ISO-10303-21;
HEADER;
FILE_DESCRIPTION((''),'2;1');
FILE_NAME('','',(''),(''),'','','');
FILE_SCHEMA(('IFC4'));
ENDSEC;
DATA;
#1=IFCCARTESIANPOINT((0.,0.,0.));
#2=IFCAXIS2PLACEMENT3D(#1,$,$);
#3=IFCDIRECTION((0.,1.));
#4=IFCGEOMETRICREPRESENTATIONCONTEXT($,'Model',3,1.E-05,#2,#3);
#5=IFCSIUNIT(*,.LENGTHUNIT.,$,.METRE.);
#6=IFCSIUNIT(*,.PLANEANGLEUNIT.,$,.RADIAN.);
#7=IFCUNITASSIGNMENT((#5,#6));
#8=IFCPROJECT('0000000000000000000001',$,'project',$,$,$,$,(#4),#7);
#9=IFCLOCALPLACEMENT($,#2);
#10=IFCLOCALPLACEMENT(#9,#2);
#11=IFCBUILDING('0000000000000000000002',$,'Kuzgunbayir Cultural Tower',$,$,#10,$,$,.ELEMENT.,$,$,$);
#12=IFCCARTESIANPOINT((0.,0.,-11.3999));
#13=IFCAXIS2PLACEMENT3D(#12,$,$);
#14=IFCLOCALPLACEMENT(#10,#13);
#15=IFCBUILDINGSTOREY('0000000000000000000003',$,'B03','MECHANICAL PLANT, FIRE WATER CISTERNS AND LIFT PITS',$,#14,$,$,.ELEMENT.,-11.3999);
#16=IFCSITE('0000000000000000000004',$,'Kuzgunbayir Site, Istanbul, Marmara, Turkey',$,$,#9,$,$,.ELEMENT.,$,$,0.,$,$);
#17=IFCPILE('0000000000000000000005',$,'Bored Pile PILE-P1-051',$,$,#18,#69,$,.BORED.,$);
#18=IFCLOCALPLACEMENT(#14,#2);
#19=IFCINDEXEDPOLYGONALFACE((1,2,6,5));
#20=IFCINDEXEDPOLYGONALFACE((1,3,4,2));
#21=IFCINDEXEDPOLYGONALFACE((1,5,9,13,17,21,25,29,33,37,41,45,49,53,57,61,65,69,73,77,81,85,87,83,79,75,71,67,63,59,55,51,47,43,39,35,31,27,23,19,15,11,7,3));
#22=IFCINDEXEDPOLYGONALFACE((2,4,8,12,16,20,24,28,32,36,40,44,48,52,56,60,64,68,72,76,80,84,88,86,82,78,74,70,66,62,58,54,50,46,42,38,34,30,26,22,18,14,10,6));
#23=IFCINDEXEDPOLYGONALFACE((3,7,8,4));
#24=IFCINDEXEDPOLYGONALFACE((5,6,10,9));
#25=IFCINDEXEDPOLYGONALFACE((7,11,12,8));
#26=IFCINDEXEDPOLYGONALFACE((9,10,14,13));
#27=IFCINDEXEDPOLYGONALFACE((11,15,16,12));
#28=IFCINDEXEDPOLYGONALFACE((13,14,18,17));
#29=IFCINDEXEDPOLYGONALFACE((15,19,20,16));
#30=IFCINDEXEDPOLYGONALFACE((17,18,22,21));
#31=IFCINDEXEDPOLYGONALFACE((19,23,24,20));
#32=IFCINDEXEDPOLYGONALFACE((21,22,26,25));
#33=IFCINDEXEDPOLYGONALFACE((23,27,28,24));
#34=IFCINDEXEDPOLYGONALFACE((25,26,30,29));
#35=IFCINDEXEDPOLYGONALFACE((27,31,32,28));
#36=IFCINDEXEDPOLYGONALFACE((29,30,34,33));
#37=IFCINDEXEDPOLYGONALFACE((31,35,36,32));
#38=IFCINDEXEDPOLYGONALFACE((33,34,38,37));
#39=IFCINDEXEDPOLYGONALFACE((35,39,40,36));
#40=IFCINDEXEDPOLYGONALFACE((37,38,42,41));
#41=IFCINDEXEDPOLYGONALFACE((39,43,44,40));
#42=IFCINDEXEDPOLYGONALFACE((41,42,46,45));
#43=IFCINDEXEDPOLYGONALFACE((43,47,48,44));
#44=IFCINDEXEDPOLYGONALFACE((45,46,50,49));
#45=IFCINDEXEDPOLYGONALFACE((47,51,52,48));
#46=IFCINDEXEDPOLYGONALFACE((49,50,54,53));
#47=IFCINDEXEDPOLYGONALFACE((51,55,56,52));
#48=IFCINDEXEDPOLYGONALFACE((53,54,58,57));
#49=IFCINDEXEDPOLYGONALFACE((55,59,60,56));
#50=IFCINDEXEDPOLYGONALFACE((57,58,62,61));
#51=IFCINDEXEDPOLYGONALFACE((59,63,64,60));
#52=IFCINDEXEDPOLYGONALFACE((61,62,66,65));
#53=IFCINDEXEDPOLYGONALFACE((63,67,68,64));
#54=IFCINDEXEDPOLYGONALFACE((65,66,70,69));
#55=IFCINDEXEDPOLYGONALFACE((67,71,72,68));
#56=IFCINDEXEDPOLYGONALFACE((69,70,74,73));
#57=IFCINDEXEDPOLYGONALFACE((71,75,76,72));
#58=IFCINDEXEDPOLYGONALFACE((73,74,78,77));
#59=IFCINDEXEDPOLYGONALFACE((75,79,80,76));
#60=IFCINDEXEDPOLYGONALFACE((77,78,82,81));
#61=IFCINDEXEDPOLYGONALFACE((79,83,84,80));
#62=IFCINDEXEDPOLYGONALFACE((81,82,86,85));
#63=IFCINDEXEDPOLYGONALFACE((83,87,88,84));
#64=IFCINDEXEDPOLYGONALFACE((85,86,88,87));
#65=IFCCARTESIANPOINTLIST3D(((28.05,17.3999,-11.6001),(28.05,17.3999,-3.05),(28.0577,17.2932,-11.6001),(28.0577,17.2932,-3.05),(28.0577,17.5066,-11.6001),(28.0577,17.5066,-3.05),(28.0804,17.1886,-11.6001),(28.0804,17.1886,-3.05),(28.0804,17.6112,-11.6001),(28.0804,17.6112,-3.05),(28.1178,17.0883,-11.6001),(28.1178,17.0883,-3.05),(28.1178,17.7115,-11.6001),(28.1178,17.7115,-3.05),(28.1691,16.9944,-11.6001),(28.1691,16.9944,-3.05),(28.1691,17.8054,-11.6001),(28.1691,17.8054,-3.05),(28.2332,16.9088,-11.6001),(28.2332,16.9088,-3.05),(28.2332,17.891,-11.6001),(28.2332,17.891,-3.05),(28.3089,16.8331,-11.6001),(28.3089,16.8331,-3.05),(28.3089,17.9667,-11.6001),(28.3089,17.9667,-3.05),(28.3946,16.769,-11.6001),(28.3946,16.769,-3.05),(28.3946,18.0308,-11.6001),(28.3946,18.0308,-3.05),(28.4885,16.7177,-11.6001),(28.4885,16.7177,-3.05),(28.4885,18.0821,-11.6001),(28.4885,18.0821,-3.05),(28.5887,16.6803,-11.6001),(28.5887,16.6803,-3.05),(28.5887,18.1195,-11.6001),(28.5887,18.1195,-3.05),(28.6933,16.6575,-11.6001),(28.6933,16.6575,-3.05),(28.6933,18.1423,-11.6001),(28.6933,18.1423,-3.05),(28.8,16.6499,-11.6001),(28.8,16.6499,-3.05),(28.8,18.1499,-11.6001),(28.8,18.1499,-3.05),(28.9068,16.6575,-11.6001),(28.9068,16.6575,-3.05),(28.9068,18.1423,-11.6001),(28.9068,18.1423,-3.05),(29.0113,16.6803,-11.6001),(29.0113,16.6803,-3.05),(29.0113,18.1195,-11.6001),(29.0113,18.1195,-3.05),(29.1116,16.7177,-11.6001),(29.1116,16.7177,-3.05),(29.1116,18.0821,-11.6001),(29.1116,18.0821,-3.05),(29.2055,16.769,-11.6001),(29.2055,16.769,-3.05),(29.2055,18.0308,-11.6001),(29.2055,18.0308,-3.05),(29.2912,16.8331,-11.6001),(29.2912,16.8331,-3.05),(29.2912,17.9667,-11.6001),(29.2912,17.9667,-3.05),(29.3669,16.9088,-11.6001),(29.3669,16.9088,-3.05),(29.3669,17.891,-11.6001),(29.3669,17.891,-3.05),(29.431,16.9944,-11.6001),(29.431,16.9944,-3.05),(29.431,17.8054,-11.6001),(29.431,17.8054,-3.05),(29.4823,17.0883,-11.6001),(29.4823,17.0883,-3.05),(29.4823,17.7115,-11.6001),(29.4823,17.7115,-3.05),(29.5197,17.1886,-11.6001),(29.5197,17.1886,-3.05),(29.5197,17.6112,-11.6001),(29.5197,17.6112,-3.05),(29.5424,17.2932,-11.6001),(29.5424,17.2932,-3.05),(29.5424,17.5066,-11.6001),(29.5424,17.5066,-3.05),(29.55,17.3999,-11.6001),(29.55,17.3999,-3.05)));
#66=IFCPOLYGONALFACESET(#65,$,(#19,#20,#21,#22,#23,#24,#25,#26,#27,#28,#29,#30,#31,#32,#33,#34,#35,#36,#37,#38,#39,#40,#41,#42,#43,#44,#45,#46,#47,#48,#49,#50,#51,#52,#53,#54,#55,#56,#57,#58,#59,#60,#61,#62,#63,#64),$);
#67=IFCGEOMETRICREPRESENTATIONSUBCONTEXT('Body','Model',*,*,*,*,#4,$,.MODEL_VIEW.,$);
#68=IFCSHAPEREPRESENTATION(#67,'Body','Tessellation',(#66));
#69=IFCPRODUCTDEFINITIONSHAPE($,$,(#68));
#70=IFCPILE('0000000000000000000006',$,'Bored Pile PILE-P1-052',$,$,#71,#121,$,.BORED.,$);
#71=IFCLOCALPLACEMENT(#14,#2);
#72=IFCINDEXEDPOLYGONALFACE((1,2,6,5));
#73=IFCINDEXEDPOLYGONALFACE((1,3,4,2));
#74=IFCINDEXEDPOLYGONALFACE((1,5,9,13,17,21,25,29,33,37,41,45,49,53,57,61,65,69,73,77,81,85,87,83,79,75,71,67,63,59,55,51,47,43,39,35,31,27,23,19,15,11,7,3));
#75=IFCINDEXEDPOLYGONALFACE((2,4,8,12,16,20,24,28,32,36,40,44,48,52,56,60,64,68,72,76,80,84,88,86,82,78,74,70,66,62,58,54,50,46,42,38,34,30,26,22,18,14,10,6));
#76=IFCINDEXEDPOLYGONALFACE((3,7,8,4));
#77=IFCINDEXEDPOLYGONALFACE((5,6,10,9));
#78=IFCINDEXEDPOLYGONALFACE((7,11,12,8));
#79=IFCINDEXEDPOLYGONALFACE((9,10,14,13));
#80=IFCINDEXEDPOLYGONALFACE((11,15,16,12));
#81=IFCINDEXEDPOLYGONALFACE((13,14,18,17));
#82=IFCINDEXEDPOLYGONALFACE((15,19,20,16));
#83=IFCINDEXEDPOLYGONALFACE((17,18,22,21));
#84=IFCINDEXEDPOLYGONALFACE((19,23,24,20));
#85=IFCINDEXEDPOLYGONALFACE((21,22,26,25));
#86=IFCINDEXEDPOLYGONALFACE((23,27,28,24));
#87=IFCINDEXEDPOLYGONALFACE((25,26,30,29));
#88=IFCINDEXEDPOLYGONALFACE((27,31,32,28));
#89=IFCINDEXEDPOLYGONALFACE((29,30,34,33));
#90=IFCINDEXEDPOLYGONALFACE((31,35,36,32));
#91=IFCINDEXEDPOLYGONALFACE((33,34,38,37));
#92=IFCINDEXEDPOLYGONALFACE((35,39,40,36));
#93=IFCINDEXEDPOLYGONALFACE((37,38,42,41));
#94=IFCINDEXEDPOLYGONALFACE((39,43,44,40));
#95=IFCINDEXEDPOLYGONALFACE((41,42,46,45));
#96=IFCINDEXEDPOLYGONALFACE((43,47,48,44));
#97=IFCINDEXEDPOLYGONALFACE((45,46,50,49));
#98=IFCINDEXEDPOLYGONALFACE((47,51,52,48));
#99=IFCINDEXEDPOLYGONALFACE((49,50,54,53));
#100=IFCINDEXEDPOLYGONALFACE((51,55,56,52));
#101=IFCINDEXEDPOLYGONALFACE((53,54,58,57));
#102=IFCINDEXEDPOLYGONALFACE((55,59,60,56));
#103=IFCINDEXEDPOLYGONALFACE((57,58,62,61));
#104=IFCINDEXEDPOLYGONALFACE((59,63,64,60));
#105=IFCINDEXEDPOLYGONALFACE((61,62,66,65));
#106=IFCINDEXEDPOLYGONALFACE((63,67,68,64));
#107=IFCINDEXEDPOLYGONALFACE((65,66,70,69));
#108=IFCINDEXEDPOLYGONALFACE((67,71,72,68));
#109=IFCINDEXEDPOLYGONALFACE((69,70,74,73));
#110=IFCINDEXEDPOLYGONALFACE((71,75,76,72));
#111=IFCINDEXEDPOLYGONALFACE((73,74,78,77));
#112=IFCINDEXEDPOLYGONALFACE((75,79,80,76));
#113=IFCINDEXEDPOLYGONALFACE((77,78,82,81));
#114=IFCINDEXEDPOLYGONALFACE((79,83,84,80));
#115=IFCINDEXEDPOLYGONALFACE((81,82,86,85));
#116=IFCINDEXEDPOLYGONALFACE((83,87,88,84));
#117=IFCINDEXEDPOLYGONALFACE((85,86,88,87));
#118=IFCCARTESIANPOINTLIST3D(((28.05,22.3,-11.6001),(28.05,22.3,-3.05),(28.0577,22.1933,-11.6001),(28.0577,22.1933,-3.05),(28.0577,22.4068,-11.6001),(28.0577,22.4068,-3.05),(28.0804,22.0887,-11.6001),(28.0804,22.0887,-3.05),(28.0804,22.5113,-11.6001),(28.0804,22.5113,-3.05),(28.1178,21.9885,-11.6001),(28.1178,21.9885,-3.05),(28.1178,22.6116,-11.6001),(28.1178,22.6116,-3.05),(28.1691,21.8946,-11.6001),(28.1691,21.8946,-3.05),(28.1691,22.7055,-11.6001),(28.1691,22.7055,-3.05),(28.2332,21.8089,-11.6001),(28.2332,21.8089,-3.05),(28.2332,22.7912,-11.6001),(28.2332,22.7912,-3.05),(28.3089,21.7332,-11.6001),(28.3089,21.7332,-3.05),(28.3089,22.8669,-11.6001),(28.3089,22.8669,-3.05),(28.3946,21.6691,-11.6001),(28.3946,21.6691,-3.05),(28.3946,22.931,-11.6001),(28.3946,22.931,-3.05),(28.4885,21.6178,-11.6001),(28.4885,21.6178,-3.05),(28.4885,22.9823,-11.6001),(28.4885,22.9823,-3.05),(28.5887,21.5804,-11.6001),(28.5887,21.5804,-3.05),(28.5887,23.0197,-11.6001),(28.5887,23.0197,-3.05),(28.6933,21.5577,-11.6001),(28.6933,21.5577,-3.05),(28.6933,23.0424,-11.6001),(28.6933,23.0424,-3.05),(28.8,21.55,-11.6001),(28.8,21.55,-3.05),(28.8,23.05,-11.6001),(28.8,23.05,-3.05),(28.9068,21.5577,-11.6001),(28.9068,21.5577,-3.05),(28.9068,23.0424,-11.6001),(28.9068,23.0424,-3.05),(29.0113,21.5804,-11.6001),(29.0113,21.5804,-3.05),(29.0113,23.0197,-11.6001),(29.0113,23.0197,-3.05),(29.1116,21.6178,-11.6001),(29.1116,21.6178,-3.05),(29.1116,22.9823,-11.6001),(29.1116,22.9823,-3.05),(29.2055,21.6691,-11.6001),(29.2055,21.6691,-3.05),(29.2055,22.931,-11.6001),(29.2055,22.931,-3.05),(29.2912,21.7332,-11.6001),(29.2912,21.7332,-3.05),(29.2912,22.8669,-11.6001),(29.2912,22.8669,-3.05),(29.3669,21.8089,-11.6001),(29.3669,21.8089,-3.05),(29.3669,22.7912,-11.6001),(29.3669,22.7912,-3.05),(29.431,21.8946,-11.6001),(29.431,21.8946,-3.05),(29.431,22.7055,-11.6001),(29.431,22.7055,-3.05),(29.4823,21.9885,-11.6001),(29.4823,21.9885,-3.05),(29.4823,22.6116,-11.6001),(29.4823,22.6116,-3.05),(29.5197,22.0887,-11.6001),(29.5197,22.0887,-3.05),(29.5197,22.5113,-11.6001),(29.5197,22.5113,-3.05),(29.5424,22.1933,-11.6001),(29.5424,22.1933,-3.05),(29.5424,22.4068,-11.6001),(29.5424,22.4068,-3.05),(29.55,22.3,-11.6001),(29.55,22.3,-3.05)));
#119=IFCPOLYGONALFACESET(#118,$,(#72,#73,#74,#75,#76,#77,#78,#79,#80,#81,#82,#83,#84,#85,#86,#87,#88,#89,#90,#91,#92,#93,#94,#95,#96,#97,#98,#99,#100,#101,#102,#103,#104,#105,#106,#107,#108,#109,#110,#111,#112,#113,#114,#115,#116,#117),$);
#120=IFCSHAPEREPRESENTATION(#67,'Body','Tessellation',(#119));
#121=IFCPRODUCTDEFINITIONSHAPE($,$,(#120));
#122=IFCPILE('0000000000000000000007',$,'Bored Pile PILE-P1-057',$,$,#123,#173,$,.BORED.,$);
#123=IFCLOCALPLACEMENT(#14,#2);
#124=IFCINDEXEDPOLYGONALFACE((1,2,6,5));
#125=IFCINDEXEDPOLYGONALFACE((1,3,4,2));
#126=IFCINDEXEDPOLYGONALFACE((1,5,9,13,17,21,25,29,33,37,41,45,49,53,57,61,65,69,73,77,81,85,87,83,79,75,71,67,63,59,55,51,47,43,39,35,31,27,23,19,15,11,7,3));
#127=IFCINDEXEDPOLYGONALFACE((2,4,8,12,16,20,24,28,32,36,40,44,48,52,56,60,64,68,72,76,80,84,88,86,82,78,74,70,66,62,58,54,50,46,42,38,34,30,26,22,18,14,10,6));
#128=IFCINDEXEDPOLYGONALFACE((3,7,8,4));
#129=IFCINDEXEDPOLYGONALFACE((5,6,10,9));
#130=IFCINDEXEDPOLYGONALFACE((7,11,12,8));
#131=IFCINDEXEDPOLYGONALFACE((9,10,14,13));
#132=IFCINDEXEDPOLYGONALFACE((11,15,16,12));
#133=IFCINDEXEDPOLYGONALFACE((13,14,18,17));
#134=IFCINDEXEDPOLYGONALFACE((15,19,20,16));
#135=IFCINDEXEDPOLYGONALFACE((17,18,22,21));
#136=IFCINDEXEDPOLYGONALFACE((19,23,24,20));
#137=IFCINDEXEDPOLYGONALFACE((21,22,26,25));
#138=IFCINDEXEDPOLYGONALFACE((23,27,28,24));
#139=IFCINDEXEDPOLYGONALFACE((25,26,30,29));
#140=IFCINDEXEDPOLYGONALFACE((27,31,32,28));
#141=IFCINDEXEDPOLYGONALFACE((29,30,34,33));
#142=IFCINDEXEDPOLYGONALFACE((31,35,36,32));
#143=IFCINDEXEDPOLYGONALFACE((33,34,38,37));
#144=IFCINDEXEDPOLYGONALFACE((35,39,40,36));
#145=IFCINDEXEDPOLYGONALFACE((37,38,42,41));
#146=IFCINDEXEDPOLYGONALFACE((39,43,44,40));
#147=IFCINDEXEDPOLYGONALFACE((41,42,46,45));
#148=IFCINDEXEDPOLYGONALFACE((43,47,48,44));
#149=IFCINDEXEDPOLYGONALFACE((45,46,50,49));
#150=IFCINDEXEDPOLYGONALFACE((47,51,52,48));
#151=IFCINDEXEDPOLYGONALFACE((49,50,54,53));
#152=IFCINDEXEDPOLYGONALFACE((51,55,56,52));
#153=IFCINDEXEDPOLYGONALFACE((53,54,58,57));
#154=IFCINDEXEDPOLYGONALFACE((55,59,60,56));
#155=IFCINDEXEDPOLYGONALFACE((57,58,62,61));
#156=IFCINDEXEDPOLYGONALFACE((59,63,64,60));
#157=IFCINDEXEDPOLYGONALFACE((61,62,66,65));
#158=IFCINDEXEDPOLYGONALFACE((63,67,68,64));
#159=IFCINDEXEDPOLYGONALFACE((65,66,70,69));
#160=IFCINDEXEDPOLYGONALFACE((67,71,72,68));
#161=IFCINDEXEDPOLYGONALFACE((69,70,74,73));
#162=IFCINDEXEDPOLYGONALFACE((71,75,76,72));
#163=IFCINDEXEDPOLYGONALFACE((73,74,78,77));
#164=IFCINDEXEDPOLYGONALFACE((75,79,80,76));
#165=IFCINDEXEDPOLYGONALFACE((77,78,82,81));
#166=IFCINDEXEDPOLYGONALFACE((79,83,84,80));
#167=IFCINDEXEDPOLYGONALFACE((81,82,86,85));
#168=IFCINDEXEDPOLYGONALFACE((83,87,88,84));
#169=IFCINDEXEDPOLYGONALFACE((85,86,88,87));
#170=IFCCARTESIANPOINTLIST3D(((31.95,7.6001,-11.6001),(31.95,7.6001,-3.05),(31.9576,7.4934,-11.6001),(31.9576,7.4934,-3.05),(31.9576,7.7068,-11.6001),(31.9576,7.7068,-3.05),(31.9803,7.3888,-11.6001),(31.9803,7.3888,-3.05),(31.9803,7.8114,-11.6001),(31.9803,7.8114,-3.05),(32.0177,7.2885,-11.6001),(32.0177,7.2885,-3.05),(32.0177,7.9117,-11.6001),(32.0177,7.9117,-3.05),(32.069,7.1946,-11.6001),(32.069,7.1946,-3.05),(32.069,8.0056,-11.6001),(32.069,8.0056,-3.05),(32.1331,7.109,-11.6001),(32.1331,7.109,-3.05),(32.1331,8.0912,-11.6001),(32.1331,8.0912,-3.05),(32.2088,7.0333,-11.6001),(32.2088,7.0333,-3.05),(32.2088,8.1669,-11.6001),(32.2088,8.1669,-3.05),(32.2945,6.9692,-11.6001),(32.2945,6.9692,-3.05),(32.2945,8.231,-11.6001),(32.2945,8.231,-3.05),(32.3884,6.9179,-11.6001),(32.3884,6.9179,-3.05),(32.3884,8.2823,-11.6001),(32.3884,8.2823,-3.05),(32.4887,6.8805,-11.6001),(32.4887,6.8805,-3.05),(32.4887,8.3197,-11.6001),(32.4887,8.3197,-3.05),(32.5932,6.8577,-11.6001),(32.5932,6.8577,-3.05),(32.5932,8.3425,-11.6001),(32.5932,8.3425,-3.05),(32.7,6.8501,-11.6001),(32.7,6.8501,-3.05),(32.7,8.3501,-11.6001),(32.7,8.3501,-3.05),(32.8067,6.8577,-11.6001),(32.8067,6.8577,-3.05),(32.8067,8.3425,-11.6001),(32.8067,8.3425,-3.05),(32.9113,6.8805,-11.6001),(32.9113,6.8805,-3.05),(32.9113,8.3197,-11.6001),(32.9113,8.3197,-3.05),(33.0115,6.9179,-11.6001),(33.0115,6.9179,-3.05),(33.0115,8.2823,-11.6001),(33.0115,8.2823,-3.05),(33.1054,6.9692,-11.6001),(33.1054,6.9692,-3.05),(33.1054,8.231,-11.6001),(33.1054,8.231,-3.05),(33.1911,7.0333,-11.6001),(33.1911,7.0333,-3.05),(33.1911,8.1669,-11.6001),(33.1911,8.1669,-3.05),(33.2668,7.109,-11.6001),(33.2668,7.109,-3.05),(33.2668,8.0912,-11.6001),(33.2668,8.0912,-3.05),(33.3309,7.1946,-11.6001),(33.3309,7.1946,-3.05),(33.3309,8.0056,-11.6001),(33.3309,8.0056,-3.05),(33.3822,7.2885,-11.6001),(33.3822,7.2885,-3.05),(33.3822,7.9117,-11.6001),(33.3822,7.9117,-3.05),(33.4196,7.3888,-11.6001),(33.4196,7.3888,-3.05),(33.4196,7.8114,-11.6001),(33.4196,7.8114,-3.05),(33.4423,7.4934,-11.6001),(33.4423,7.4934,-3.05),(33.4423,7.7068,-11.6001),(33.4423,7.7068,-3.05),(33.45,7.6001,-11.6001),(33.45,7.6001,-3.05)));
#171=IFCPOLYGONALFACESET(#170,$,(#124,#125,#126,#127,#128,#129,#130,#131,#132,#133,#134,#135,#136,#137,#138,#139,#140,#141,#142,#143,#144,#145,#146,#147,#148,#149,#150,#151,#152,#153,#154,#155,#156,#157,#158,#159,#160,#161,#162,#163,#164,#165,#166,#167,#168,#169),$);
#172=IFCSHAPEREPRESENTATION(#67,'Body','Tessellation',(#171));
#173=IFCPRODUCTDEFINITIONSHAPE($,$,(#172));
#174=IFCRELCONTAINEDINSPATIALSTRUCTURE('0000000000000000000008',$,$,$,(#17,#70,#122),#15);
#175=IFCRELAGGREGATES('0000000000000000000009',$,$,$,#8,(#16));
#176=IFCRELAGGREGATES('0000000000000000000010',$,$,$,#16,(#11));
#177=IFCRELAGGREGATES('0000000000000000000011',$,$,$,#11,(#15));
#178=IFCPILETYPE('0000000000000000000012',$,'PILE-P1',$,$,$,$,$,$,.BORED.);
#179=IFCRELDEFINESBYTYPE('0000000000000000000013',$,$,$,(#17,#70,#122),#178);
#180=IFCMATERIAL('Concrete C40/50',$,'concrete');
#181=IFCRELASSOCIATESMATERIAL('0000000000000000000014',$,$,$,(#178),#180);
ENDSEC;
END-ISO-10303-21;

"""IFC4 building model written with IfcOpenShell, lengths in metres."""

from ifc_helpers import new_model, si_unit, direction, frame, origin, origin_2d, place, context, subcontext, project, spatial, circle, extrude, material, material_profile, profile_set, type_object, element, save


model = new_model("IFC4")

# Units and contexts
model_context = context("Model", 3, precision=1e-05, world=origin(), true_north=direction((0.0, 1.0)))
body_context = subcontext(model_context, "Body", "Model", "MODEL_VIEW")
ifc_project = project(units=[si_unit("LENGTHUNIT", "METRE"), si_unit("PLANEANGLEUNIT", "RADIAN")], contexts=[model_context])

# Site, building, storey
site_placement = place(None, origin())
site = spatial("IfcSite", under=ifc_project, at=site_placement, Name="Kuzgunbayir Site, Istanbul, Marmara, Turkey", CompositionType="ELEMENT", RefElevation=0.0)
building_placement = place(site_placement, origin())
building = spatial("IfcBuilding", under=site, at=building_placement, Name="Kuzgunbayir Cultural Tower", CompositionType="ELEMENT")
storey_placement = place(building_placement, frame((0.0, 0.0, -11.3999)))
storey = spatial("IfcBuildingStorey", under=building, at=storey_placement, Name="B03", Description="MECHANICAL PLANT, FIRE WATER CISTERNS AND LIFT PITS", CompositionType="ELEMENT", Elevation=-11.3999)

# Piles
ifc_material_1 = material(Name="Concrete C40/50", Category="concrete")
ifc_material_profile_1 = material_profile(ifc_material_1, circle(Radius=0.75, at=origin_2d()), Name="BORED PILE 1500")
ifc_profile_set_1 = profile_set([ifc_material_profile_1], Name="Concrete C40/50")
pile_type_1 = type_object("IfcPileType", Name="PILE-P1", PredefinedType="BORED", material=ifc_profile_set_1)
for number, where, z_axis, x_axis, name in (
    (1, (28.8, 17.3999, -3.05), (0.0, 0.0, -1.0), (1.0, 0.0, 0.0), "Bored Pile PILE-P1-051"),
    (2, (28.8, 22.3, -3.05), (0.0, 0.0, -1.0), (1.0, 0.0, 0.0), "Bored Pile PILE-P1-052"),
    (3, (32.7, 7.6001, -3.05), (0.0, 0.0, -1.0), (1.0, 0.0, 0.0), "Bored Pile PILE-P1-057"),
):
    element("IfcPile", number, at=place(storey_placement, frame(where, z_axis=z_axis, x_axis=x_axis)), inside=storey, type_object=pile_type_1, Name=name, PredefinedType="BORED", context=body_context, shape_type="SweptSolid", body=[
        extrude(circle(Radius=0.75, at=origin_2d()), origin(), (0.0, 0.0, 1.0), 8.55),
    ])

save(model, "model.ifc")
